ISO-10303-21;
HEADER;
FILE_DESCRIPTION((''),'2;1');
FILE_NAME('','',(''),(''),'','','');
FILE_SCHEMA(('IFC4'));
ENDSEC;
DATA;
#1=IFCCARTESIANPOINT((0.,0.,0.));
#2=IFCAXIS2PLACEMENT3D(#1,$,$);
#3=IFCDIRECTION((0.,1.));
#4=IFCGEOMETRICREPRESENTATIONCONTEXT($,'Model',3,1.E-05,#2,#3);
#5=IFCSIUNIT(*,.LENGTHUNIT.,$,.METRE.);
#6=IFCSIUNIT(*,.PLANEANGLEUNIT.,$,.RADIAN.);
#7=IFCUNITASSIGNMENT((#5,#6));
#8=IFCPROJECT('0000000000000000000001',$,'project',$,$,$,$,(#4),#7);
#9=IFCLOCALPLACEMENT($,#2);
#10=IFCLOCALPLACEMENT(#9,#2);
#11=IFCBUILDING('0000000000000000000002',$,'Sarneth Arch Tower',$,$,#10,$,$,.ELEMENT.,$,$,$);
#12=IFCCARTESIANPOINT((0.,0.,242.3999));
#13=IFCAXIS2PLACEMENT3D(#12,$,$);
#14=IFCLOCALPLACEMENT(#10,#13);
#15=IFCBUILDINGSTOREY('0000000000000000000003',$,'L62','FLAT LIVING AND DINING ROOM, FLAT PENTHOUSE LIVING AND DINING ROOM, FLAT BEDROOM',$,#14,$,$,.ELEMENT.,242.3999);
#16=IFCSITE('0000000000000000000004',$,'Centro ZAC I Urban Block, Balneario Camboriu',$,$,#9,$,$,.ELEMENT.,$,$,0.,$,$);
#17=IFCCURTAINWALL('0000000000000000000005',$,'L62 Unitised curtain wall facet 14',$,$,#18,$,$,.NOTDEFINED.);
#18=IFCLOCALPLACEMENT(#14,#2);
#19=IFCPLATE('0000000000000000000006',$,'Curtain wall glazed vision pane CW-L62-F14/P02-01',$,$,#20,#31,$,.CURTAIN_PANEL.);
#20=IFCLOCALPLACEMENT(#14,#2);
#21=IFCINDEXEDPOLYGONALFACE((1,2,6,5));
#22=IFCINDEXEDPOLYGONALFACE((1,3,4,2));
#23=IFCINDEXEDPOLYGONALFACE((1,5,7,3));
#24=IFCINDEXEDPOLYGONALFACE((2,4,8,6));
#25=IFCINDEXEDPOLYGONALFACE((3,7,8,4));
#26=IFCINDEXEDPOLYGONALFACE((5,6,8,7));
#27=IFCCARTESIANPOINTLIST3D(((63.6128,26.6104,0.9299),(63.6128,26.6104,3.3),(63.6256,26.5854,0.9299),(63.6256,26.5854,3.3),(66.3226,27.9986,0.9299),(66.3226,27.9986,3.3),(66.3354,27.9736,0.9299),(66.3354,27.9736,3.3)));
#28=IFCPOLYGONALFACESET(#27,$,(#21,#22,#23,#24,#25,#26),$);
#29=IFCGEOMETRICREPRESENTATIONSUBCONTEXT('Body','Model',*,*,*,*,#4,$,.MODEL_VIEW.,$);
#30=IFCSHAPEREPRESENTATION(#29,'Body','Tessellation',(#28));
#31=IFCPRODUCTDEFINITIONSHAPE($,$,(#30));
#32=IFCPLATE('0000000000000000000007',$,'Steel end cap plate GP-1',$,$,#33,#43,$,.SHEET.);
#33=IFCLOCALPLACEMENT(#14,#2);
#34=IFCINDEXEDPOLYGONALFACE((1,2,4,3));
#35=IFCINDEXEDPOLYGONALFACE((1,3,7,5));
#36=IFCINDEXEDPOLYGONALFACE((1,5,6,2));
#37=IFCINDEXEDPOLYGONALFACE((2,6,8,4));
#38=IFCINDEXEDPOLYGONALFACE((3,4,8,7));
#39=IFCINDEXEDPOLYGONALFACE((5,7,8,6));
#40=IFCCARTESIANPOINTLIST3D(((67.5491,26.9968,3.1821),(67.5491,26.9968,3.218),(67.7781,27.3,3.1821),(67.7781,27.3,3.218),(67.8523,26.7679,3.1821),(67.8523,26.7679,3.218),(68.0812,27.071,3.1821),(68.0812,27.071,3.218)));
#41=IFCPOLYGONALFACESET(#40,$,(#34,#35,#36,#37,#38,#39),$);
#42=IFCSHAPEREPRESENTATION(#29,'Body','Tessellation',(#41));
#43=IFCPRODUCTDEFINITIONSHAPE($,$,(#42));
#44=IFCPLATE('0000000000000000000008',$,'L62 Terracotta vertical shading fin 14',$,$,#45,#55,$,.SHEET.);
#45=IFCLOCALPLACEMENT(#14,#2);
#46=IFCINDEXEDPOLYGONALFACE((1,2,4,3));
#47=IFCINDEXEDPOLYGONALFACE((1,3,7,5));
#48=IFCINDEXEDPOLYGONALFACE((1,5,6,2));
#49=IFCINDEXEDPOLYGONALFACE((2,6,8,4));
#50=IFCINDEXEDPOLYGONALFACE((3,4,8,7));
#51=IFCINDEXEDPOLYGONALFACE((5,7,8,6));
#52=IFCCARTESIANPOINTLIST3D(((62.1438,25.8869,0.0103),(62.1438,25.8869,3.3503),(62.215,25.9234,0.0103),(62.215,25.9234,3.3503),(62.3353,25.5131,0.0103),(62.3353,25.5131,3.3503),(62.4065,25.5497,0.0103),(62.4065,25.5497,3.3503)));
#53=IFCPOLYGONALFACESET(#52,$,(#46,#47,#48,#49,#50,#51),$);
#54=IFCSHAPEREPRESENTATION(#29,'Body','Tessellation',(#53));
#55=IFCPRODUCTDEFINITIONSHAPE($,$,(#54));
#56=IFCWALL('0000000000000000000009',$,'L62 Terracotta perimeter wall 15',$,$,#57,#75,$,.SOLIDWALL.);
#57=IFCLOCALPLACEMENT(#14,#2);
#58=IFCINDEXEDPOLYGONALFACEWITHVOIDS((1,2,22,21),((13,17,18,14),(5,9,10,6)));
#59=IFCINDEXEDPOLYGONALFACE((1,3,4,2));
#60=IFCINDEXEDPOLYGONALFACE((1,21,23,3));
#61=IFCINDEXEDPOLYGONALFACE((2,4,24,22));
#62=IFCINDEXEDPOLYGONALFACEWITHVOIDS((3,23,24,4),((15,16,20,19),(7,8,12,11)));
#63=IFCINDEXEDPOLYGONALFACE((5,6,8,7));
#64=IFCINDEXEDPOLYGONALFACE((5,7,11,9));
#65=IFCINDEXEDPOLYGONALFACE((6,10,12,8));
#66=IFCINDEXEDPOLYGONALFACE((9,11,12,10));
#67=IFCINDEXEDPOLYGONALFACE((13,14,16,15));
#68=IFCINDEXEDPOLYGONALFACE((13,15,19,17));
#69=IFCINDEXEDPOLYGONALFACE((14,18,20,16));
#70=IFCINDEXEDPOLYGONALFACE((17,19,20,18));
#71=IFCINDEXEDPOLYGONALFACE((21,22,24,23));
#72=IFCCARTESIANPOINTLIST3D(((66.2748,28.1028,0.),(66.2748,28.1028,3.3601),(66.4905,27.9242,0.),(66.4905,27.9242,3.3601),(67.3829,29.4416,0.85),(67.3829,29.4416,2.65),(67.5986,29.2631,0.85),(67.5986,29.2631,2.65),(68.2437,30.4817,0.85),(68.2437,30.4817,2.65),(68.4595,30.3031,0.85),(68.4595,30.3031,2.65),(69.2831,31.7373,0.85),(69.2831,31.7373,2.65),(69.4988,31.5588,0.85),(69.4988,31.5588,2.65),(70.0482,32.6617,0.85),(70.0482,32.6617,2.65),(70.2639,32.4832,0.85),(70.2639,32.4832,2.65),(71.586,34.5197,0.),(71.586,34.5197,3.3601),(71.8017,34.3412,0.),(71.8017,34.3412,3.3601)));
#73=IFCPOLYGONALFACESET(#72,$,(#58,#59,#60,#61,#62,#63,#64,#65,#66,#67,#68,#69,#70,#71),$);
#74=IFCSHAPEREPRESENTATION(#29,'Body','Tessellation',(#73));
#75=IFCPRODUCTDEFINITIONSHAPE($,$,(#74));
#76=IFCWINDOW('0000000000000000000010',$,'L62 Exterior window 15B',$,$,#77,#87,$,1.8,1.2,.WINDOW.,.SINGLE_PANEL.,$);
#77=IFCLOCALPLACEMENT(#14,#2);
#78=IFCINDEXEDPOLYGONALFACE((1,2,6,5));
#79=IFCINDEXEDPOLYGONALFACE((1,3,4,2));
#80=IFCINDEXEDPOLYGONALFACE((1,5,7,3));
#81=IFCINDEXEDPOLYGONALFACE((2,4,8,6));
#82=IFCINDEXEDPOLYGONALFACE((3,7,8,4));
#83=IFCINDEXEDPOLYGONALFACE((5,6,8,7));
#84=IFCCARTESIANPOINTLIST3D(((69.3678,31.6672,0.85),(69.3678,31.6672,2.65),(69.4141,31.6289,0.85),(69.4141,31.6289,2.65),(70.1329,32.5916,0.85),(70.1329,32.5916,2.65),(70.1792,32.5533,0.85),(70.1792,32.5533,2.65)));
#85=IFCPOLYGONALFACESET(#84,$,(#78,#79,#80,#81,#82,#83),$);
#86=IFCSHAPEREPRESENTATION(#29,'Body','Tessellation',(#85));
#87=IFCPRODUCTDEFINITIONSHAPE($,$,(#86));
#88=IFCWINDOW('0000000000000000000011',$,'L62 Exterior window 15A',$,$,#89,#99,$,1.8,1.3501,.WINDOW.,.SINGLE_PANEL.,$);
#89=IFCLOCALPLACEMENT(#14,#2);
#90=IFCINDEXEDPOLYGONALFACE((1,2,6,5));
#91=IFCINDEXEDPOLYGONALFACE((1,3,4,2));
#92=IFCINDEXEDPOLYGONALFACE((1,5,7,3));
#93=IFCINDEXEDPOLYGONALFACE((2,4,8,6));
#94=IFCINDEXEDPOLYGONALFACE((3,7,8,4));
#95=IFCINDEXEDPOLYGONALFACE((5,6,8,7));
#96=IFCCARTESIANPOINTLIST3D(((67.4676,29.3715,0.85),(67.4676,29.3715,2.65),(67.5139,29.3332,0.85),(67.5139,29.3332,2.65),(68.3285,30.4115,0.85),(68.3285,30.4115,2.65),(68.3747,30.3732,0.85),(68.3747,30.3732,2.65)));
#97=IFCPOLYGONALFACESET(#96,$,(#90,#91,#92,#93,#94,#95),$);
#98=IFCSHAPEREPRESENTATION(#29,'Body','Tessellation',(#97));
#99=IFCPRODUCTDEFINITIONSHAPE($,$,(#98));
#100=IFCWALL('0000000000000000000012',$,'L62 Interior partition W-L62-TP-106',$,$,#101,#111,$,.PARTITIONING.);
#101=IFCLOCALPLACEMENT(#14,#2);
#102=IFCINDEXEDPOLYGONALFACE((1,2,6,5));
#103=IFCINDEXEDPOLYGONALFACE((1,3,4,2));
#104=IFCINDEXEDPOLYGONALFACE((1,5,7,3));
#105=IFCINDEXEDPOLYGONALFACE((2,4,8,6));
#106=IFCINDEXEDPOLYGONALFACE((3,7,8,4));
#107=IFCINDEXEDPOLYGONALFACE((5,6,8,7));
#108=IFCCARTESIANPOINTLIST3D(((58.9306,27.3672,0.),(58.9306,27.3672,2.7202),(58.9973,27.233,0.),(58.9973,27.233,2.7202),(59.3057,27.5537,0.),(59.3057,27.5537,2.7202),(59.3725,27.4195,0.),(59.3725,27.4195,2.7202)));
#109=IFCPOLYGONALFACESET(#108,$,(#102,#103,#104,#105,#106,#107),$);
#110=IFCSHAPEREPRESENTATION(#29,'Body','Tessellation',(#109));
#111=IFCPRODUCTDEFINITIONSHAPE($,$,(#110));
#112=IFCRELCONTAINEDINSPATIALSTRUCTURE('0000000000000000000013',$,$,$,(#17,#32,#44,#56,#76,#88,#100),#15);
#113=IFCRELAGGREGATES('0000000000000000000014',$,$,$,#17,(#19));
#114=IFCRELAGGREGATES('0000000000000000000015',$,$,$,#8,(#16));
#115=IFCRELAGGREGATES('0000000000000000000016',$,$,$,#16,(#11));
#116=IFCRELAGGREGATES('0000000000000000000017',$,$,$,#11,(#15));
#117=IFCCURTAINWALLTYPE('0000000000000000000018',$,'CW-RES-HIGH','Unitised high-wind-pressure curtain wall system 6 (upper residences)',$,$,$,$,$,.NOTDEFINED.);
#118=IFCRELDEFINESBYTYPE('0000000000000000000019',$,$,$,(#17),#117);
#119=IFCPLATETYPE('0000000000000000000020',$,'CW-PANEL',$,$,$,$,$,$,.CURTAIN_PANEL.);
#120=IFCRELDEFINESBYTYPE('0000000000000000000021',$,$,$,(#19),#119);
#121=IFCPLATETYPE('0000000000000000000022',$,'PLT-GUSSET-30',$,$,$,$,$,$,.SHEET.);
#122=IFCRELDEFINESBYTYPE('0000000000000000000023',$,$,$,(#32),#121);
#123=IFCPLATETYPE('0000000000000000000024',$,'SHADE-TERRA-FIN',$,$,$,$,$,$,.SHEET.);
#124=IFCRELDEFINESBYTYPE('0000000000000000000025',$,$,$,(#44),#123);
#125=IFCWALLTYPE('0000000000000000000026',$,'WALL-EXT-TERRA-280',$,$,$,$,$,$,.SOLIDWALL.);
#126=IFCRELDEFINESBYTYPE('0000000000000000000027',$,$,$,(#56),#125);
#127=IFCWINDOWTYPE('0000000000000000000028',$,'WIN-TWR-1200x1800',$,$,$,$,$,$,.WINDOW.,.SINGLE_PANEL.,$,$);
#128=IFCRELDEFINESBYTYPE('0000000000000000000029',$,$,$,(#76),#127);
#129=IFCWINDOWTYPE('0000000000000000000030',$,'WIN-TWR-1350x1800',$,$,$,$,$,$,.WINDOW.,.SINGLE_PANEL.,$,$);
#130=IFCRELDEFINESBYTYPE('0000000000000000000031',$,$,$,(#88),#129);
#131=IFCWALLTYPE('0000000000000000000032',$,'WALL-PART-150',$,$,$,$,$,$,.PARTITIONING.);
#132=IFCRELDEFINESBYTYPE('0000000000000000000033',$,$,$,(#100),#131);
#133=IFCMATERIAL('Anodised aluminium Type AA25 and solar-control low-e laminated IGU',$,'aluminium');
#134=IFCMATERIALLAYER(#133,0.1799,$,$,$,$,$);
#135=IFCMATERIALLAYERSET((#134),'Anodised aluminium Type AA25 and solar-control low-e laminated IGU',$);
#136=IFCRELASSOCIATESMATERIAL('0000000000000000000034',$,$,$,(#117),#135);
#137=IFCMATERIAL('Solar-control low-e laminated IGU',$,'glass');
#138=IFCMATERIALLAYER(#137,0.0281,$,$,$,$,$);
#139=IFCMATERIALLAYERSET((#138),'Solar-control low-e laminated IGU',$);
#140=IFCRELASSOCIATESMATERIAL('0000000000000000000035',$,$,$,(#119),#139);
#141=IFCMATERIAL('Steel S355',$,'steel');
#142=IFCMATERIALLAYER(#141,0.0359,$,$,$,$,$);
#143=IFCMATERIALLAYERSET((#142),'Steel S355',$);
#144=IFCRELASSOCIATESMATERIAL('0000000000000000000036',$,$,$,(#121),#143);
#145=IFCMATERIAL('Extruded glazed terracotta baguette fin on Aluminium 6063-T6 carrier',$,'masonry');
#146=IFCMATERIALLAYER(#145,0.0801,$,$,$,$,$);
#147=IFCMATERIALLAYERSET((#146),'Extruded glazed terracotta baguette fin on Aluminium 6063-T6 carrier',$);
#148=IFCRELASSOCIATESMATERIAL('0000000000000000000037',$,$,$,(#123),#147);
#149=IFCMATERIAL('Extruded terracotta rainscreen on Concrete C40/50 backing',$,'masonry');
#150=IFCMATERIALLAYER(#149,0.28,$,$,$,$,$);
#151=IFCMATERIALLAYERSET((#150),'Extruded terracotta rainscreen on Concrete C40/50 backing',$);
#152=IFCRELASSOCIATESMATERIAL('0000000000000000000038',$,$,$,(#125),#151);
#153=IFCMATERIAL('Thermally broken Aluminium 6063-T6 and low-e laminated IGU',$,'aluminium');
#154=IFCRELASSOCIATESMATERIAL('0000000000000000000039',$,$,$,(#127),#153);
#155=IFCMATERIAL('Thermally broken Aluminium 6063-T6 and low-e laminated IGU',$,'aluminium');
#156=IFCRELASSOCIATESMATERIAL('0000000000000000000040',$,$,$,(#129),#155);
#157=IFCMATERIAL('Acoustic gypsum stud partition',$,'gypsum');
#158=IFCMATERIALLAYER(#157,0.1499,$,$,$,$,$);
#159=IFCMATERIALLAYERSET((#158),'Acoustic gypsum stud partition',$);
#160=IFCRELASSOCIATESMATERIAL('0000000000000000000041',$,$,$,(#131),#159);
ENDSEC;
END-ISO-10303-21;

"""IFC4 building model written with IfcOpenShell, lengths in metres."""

from ifc_helpers import new_model, si_unit, direction, frame, frame_2d, origin, origin_2d, place, context, subcontext, project, spatial, rectangle, extrude, material, layer, layer_set, type_object, element, fill, aggregate, save


model = new_model("IFC4")

# Units and contexts
model_context = context("Model", 3, precision=1e-05, world=origin(), true_north=direction((0.0, 1.0)))
body_context = subcontext(model_context, "Body", "Model", "MODEL_VIEW")
ifc_project = project(units=[si_unit("LENGTHUNIT", "METRE"), si_unit("PLANEANGLEUNIT", "RADIAN")], contexts=[model_context])

# Site, building, storey
site_placement = place(None, origin())
site = spatial("IfcSite", under=ifc_project, at=site_placement, Name="Centro ZAC I Urban Block, Balneario Camboriu", CompositionType="ELEMENT", RefElevation=0.0)
building_placement = place(site_placement, origin())
building = spatial("IfcBuilding", under=site, at=building_placement, Name="Sarneth Arch Tower", CompositionType="ELEMENT")
storey_placement = place(building_placement, frame((0.0, 0.0, 242.3999)))
storey = spatial("IfcBuildingStorey", under=building, at=storey_placement, Name="L62", Description="FLAT LIVING AND DINING ROOM, FLAT PENTHOUSE LIVING AND DINING ROOM, FLAT BEDROOM", CompositionType="ELEMENT", Elevation=242.3999)

# Curtain wall
ifc_material_1 = material(Name="Anodised aluminium Type AA25 and solar-control low-e laminated IGU", Category="aluminium")
ifc_layer_1 = layer(ifc_material_1, 0.1799)
ifc_layer_set_1 = layer_set([ifc_layer_1], Name="Anodised aluminium Type AA25 and solar-control low-e laminated IGU")
curtain_wall_type = type_object("IfcCurtainWallType", Name="CW-RES-HIGH", Description="Unitised high-wind-pressure curtain wall system 6 (upper residences)", PredefinedType="NOTDEFINED", material=ifc_layer_set_1)
curtain_wall_placement = place(storey_placement, origin())
curtain_wall = element("IfcCurtainWall", 1, at=curtain_wall_placement, inside=storey, type_object=curtain_wall_type, Name="L62 Unitised curtain wall facet 14", PredefinedType="NOTDEFINED")

# Plate
ifc_material_2 = material(Name="Solar-control low-e laminated IGU", Category="glass")
ifc_layer_2 = layer(ifc_material_2, 0.0281)
ifc_layer_set_2 = layer_set([ifc_layer_2], Name="Solar-control low-e laminated IGU")
plate_type_1 = type_object("IfcPlateType", Name="CW-PANEL", PredefinedType="CURTAIN_PANEL", material=ifc_layer_set_2)
plate_1_placement = place(storey_placement, frame((64.9741, 27.292, 0.9299), z_axis=(0.0, 0.0, 1.0), x_axis=(0.89001, 0.455942, 0.0)))
plate_1 = element("IfcPlate", 2, at=plate_1_placement, type_object=plate_type_1, Name="Curtain wall glazed vision pane CW-L62-F14/P02-01", PredefinedType="CURTAIN_PANEL", context=body_context, shape_type="SweptSolid", body=[
    extrude(rectangle(XDim=3.0447, YDim=0.0281, at=origin_2d()), origin(), (0.0, 0.0, 1.0), 2.3701),
])
aggregate(curtain_wall, [plate_1])

# Plates
ifc_material_3 = material(Name="Steel S355", Category="steel")
ifc_layer_3 = layer(ifc_material_3, 0.0359)
ifc_layer_set_3 = layer_set([ifc_layer_3], Name="Steel S355")
plate_type_2 = type_object("IfcPlateType", Name="PLT-GUSSET-30", PredefinedType="SHEET", material=ifc_layer_set_3)
plate_2_placement = place(storey_placement, frame((67.8152, 27.0339, 3.1821), z_axis=(0.0, 0.0, 1.0), x_axis=(0.798005, -0.602651, 0.0)))
element("IfcPlate", 3, at=plate_2_placement, inside=storey, type_object=plate_type_2, Name="Steel end cap plate GP-1", PredefinedType="SHEET", context=body_context, shape_type="SweptSolid", body=[
    extrude(rectangle(XDim=0.3799, YDim=0.3799, at=origin_2d()), origin(), (0.0, 0.0, 1.0), 0.0359),
])
ifc_material_4 = material(Name="Extruded glazed terracotta baguette fin on Aluminium 6063-T6 carrier", Category="masonry")
ifc_layer_4 = layer(ifc_material_4, 0.0801)
ifc_layer_set_4 = layer_set([ifc_layer_4], Name="Extruded glazed terracotta baguette fin on Aluminium 6063-T6 carrier")
plate_type_3 = type_object("IfcPlateType", Name="SHADE-TERRA-FIN", PredefinedType="SHEET", material=ifc_layer_set_4)
plate_3_placement = place(storey_placement, frame((62.2751, 25.7183, 0.0103), z_axis=(0.0, 0.0, 1.0), x_axis=(0.456011, -0.889974, 0.0)))
element("IfcPlate", 4, at=plate_3_placement, inside=storey, type_object=plate_type_3, Name="L62 Terracotta vertical shading fin 14", PredefinedType="SHEET", context=body_context, shape_type="SweptSolid", body=[
    extrude(rectangle(XDim=0.4199, YDim=0.0801, at=origin_2d()), origin(), (0.0, 0.0, 1.0), 3.3401),
])

# Wall, openings, windows
ifc_material_5 = material(Name="Extruded terracotta rainscreen on Concrete C40/50 backing", Category="masonry")
ifc_layer_5 = layer(ifc_material_5, 0.28)
ifc_layer_set_5 = layer_set([ifc_layer_5], Name="Extruded terracotta rainscreen on Concrete C40/50 backing")
wall_type_1 = type_object("IfcWallType", Name="WALL-EXT-TERRA-280", PredefinedType="SOLIDWALL", material=ifc_layer_set_5)
wall_1_placement = place(storey_placement, frame((66.3826, 28.0134, 0.0), z_axis=(0.0, 0.0, 1.0), x_axis=(0.637615, 0.770355, 0.0)))
wall_1 = element("IfcWall", 5, at=wall_1_placement, inside=storey, type_object=wall_type_1, Name="L62 Terracotta perimeter wall 15", PredefinedType="SOLIDWALL", context=body_context, shape_type="SweptSolid", body=[
    extrude(rectangle(XDim=8.3298, YDim=0.28, at=frame_2d((4.165, 0.0))), origin(), (0.0, 0.0, 1.0), 3.3601),
])
opening_1_placement = place(wall_1_placement, frame((1.738, 0.0, 0.8501)))
opening_1 = element("IfcOpeningElement", 6, at=opening_1_placement, cuts=wall_1, PredefinedType="OPENING", context=body_context, shape_type="SweptSolid", body=[
    extrude(rectangle(XDim=1.3501, YDim=1.8, at=frame_2d((0.675, 0.8999))), frame((0.0, 0.1499, 0.0), z_axis=(0.0, -1.0, 0.0), x_axis=(1.0, 0.0, 0.0)), (0.0, 0.0, 1.0), 0.3),
])
opening_2_placement = place(wall_1_placement, frame((4.718, 0.0, 0.8501)))
opening_2 = element("IfcOpeningElement", 7, at=opening_2_placement, cuts=wall_1, PredefinedType="OPENING", context=body_context, shape_type="SweptSolid", body=[
    extrude(rectangle(XDim=1.2, YDim=1.8, at=frame_2d((0.6001, 0.8999))), frame((0.0, 0.1499, 0.0), z_axis=(0.0, -1.0, 0.0), x_axis=(1.0, 0.0, 0.0)), (0.0, 0.0, 1.0), 0.3),
])
ifc_material_6 = material(Name="Thermally broken Aluminium 6063-T6 and low-e laminated IGU", Category="aluminium")
window_type_1 = type_object("IfcWindowType", Name="WIN-TWR-1200x1800", PartitioningType="SINGLE_PANEL", PredefinedType="WINDOW", material=ifc_material_6)
window_1_placement = place(opening_2_placement, origin())
window_1 = element("IfcWindow", 8, at=window_1_placement, inside=storey, type_object=window_type_1, Name="L62 Exterior window 15B", OverallHeight=1.8, OverallWidth=1.2, PartitioningType="SINGLE_PANEL", PredefinedType="WINDOW", context=body_context, shape_type="SweptSolid", body=[
    extrude(rectangle(XDim=1.2, YDim=1.8, at=frame_2d((0.6001, 0.8999))), frame((0.0, 0.03, 0.0), z_axis=(0.0, -1.0, 0.0), x_axis=(1.0, 0.0, 0.0)), (0.0, 0.0, 1.0), 0.0601),
])
fill(opening_2, window_1)
ifc_material_7 = material(Name="Thermally broken Aluminium 6063-T6 and low-e laminated IGU", Category="aluminium")
window_type_2 = type_object("IfcWindowType", Name="WIN-TWR-1350x1800", PartitioningType="SINGLE_PANEL", PredefinedType="WINDOW", material=ifc_material_7)
window_2_placement = place(opening_1_placement, origin())
window_2 = element("IfcWindow", 9, at=window_2_placement, inside=storey, type_object=window_type_2, Name="L62 Exterior window 15A", OverallHeight=1.8, OverallWidth=1.3501, PartitioningType="SINGLE_PANEL", PredefinedType="WINDOW", context=body_context, shape_type="SweptSolid", body=[
    extrude(rectangle(XDim=1.3501, YDim=1.8, at=frame_2d((0.675, 0.8999))), frame((0.0, 0.03, 0.0), z_axis=(0.0, -1.0, 0.0), x_axis=(1.0, 0.0, 0.0)), (0.0, 0.0, 1.0), 0.0601),
])
fill(opening_1, window_2)

# Wall
ifc_material_8 = material(Name="Acoustic gypsum stud partition", Category="gypsum")
ifc_layer_6 = layer(ifc_material_8, 0.1499)
ifc_layer_set_6 = layer_set([ifc_layer_6], Name="Acoustic gypsum stud partition")
wall_type_2 = type_object("IfcWallType", Name="WALL-PART-150", PredefinedType="PARTITIONING", material=ifc_layer_set_6)
wall_2_placement = place(storey_placement, frame((59.3391, 27.4866, 0.0), z_axis=(0.0, 0.0, 1.0), x_axis=(-0.895473, -0.445115, 0.0)))
element("IfcWall", 10, at=wall_2_placement, inside=storey, type_object=wall_type_2, Name="L62 Interior partition W-L62-TP-106", PredefinedType="PARTITIONING", context=body_context, shape_type="SweptSolid", body=[
    extrude(rectangle(XDim=0.4189, YDim=0.1499, at=frame_2d((0.2095, 0.0))), origin(), (0.0, 0.0, 1.0), 2.7202),
])

save(model, "model.ifc")
